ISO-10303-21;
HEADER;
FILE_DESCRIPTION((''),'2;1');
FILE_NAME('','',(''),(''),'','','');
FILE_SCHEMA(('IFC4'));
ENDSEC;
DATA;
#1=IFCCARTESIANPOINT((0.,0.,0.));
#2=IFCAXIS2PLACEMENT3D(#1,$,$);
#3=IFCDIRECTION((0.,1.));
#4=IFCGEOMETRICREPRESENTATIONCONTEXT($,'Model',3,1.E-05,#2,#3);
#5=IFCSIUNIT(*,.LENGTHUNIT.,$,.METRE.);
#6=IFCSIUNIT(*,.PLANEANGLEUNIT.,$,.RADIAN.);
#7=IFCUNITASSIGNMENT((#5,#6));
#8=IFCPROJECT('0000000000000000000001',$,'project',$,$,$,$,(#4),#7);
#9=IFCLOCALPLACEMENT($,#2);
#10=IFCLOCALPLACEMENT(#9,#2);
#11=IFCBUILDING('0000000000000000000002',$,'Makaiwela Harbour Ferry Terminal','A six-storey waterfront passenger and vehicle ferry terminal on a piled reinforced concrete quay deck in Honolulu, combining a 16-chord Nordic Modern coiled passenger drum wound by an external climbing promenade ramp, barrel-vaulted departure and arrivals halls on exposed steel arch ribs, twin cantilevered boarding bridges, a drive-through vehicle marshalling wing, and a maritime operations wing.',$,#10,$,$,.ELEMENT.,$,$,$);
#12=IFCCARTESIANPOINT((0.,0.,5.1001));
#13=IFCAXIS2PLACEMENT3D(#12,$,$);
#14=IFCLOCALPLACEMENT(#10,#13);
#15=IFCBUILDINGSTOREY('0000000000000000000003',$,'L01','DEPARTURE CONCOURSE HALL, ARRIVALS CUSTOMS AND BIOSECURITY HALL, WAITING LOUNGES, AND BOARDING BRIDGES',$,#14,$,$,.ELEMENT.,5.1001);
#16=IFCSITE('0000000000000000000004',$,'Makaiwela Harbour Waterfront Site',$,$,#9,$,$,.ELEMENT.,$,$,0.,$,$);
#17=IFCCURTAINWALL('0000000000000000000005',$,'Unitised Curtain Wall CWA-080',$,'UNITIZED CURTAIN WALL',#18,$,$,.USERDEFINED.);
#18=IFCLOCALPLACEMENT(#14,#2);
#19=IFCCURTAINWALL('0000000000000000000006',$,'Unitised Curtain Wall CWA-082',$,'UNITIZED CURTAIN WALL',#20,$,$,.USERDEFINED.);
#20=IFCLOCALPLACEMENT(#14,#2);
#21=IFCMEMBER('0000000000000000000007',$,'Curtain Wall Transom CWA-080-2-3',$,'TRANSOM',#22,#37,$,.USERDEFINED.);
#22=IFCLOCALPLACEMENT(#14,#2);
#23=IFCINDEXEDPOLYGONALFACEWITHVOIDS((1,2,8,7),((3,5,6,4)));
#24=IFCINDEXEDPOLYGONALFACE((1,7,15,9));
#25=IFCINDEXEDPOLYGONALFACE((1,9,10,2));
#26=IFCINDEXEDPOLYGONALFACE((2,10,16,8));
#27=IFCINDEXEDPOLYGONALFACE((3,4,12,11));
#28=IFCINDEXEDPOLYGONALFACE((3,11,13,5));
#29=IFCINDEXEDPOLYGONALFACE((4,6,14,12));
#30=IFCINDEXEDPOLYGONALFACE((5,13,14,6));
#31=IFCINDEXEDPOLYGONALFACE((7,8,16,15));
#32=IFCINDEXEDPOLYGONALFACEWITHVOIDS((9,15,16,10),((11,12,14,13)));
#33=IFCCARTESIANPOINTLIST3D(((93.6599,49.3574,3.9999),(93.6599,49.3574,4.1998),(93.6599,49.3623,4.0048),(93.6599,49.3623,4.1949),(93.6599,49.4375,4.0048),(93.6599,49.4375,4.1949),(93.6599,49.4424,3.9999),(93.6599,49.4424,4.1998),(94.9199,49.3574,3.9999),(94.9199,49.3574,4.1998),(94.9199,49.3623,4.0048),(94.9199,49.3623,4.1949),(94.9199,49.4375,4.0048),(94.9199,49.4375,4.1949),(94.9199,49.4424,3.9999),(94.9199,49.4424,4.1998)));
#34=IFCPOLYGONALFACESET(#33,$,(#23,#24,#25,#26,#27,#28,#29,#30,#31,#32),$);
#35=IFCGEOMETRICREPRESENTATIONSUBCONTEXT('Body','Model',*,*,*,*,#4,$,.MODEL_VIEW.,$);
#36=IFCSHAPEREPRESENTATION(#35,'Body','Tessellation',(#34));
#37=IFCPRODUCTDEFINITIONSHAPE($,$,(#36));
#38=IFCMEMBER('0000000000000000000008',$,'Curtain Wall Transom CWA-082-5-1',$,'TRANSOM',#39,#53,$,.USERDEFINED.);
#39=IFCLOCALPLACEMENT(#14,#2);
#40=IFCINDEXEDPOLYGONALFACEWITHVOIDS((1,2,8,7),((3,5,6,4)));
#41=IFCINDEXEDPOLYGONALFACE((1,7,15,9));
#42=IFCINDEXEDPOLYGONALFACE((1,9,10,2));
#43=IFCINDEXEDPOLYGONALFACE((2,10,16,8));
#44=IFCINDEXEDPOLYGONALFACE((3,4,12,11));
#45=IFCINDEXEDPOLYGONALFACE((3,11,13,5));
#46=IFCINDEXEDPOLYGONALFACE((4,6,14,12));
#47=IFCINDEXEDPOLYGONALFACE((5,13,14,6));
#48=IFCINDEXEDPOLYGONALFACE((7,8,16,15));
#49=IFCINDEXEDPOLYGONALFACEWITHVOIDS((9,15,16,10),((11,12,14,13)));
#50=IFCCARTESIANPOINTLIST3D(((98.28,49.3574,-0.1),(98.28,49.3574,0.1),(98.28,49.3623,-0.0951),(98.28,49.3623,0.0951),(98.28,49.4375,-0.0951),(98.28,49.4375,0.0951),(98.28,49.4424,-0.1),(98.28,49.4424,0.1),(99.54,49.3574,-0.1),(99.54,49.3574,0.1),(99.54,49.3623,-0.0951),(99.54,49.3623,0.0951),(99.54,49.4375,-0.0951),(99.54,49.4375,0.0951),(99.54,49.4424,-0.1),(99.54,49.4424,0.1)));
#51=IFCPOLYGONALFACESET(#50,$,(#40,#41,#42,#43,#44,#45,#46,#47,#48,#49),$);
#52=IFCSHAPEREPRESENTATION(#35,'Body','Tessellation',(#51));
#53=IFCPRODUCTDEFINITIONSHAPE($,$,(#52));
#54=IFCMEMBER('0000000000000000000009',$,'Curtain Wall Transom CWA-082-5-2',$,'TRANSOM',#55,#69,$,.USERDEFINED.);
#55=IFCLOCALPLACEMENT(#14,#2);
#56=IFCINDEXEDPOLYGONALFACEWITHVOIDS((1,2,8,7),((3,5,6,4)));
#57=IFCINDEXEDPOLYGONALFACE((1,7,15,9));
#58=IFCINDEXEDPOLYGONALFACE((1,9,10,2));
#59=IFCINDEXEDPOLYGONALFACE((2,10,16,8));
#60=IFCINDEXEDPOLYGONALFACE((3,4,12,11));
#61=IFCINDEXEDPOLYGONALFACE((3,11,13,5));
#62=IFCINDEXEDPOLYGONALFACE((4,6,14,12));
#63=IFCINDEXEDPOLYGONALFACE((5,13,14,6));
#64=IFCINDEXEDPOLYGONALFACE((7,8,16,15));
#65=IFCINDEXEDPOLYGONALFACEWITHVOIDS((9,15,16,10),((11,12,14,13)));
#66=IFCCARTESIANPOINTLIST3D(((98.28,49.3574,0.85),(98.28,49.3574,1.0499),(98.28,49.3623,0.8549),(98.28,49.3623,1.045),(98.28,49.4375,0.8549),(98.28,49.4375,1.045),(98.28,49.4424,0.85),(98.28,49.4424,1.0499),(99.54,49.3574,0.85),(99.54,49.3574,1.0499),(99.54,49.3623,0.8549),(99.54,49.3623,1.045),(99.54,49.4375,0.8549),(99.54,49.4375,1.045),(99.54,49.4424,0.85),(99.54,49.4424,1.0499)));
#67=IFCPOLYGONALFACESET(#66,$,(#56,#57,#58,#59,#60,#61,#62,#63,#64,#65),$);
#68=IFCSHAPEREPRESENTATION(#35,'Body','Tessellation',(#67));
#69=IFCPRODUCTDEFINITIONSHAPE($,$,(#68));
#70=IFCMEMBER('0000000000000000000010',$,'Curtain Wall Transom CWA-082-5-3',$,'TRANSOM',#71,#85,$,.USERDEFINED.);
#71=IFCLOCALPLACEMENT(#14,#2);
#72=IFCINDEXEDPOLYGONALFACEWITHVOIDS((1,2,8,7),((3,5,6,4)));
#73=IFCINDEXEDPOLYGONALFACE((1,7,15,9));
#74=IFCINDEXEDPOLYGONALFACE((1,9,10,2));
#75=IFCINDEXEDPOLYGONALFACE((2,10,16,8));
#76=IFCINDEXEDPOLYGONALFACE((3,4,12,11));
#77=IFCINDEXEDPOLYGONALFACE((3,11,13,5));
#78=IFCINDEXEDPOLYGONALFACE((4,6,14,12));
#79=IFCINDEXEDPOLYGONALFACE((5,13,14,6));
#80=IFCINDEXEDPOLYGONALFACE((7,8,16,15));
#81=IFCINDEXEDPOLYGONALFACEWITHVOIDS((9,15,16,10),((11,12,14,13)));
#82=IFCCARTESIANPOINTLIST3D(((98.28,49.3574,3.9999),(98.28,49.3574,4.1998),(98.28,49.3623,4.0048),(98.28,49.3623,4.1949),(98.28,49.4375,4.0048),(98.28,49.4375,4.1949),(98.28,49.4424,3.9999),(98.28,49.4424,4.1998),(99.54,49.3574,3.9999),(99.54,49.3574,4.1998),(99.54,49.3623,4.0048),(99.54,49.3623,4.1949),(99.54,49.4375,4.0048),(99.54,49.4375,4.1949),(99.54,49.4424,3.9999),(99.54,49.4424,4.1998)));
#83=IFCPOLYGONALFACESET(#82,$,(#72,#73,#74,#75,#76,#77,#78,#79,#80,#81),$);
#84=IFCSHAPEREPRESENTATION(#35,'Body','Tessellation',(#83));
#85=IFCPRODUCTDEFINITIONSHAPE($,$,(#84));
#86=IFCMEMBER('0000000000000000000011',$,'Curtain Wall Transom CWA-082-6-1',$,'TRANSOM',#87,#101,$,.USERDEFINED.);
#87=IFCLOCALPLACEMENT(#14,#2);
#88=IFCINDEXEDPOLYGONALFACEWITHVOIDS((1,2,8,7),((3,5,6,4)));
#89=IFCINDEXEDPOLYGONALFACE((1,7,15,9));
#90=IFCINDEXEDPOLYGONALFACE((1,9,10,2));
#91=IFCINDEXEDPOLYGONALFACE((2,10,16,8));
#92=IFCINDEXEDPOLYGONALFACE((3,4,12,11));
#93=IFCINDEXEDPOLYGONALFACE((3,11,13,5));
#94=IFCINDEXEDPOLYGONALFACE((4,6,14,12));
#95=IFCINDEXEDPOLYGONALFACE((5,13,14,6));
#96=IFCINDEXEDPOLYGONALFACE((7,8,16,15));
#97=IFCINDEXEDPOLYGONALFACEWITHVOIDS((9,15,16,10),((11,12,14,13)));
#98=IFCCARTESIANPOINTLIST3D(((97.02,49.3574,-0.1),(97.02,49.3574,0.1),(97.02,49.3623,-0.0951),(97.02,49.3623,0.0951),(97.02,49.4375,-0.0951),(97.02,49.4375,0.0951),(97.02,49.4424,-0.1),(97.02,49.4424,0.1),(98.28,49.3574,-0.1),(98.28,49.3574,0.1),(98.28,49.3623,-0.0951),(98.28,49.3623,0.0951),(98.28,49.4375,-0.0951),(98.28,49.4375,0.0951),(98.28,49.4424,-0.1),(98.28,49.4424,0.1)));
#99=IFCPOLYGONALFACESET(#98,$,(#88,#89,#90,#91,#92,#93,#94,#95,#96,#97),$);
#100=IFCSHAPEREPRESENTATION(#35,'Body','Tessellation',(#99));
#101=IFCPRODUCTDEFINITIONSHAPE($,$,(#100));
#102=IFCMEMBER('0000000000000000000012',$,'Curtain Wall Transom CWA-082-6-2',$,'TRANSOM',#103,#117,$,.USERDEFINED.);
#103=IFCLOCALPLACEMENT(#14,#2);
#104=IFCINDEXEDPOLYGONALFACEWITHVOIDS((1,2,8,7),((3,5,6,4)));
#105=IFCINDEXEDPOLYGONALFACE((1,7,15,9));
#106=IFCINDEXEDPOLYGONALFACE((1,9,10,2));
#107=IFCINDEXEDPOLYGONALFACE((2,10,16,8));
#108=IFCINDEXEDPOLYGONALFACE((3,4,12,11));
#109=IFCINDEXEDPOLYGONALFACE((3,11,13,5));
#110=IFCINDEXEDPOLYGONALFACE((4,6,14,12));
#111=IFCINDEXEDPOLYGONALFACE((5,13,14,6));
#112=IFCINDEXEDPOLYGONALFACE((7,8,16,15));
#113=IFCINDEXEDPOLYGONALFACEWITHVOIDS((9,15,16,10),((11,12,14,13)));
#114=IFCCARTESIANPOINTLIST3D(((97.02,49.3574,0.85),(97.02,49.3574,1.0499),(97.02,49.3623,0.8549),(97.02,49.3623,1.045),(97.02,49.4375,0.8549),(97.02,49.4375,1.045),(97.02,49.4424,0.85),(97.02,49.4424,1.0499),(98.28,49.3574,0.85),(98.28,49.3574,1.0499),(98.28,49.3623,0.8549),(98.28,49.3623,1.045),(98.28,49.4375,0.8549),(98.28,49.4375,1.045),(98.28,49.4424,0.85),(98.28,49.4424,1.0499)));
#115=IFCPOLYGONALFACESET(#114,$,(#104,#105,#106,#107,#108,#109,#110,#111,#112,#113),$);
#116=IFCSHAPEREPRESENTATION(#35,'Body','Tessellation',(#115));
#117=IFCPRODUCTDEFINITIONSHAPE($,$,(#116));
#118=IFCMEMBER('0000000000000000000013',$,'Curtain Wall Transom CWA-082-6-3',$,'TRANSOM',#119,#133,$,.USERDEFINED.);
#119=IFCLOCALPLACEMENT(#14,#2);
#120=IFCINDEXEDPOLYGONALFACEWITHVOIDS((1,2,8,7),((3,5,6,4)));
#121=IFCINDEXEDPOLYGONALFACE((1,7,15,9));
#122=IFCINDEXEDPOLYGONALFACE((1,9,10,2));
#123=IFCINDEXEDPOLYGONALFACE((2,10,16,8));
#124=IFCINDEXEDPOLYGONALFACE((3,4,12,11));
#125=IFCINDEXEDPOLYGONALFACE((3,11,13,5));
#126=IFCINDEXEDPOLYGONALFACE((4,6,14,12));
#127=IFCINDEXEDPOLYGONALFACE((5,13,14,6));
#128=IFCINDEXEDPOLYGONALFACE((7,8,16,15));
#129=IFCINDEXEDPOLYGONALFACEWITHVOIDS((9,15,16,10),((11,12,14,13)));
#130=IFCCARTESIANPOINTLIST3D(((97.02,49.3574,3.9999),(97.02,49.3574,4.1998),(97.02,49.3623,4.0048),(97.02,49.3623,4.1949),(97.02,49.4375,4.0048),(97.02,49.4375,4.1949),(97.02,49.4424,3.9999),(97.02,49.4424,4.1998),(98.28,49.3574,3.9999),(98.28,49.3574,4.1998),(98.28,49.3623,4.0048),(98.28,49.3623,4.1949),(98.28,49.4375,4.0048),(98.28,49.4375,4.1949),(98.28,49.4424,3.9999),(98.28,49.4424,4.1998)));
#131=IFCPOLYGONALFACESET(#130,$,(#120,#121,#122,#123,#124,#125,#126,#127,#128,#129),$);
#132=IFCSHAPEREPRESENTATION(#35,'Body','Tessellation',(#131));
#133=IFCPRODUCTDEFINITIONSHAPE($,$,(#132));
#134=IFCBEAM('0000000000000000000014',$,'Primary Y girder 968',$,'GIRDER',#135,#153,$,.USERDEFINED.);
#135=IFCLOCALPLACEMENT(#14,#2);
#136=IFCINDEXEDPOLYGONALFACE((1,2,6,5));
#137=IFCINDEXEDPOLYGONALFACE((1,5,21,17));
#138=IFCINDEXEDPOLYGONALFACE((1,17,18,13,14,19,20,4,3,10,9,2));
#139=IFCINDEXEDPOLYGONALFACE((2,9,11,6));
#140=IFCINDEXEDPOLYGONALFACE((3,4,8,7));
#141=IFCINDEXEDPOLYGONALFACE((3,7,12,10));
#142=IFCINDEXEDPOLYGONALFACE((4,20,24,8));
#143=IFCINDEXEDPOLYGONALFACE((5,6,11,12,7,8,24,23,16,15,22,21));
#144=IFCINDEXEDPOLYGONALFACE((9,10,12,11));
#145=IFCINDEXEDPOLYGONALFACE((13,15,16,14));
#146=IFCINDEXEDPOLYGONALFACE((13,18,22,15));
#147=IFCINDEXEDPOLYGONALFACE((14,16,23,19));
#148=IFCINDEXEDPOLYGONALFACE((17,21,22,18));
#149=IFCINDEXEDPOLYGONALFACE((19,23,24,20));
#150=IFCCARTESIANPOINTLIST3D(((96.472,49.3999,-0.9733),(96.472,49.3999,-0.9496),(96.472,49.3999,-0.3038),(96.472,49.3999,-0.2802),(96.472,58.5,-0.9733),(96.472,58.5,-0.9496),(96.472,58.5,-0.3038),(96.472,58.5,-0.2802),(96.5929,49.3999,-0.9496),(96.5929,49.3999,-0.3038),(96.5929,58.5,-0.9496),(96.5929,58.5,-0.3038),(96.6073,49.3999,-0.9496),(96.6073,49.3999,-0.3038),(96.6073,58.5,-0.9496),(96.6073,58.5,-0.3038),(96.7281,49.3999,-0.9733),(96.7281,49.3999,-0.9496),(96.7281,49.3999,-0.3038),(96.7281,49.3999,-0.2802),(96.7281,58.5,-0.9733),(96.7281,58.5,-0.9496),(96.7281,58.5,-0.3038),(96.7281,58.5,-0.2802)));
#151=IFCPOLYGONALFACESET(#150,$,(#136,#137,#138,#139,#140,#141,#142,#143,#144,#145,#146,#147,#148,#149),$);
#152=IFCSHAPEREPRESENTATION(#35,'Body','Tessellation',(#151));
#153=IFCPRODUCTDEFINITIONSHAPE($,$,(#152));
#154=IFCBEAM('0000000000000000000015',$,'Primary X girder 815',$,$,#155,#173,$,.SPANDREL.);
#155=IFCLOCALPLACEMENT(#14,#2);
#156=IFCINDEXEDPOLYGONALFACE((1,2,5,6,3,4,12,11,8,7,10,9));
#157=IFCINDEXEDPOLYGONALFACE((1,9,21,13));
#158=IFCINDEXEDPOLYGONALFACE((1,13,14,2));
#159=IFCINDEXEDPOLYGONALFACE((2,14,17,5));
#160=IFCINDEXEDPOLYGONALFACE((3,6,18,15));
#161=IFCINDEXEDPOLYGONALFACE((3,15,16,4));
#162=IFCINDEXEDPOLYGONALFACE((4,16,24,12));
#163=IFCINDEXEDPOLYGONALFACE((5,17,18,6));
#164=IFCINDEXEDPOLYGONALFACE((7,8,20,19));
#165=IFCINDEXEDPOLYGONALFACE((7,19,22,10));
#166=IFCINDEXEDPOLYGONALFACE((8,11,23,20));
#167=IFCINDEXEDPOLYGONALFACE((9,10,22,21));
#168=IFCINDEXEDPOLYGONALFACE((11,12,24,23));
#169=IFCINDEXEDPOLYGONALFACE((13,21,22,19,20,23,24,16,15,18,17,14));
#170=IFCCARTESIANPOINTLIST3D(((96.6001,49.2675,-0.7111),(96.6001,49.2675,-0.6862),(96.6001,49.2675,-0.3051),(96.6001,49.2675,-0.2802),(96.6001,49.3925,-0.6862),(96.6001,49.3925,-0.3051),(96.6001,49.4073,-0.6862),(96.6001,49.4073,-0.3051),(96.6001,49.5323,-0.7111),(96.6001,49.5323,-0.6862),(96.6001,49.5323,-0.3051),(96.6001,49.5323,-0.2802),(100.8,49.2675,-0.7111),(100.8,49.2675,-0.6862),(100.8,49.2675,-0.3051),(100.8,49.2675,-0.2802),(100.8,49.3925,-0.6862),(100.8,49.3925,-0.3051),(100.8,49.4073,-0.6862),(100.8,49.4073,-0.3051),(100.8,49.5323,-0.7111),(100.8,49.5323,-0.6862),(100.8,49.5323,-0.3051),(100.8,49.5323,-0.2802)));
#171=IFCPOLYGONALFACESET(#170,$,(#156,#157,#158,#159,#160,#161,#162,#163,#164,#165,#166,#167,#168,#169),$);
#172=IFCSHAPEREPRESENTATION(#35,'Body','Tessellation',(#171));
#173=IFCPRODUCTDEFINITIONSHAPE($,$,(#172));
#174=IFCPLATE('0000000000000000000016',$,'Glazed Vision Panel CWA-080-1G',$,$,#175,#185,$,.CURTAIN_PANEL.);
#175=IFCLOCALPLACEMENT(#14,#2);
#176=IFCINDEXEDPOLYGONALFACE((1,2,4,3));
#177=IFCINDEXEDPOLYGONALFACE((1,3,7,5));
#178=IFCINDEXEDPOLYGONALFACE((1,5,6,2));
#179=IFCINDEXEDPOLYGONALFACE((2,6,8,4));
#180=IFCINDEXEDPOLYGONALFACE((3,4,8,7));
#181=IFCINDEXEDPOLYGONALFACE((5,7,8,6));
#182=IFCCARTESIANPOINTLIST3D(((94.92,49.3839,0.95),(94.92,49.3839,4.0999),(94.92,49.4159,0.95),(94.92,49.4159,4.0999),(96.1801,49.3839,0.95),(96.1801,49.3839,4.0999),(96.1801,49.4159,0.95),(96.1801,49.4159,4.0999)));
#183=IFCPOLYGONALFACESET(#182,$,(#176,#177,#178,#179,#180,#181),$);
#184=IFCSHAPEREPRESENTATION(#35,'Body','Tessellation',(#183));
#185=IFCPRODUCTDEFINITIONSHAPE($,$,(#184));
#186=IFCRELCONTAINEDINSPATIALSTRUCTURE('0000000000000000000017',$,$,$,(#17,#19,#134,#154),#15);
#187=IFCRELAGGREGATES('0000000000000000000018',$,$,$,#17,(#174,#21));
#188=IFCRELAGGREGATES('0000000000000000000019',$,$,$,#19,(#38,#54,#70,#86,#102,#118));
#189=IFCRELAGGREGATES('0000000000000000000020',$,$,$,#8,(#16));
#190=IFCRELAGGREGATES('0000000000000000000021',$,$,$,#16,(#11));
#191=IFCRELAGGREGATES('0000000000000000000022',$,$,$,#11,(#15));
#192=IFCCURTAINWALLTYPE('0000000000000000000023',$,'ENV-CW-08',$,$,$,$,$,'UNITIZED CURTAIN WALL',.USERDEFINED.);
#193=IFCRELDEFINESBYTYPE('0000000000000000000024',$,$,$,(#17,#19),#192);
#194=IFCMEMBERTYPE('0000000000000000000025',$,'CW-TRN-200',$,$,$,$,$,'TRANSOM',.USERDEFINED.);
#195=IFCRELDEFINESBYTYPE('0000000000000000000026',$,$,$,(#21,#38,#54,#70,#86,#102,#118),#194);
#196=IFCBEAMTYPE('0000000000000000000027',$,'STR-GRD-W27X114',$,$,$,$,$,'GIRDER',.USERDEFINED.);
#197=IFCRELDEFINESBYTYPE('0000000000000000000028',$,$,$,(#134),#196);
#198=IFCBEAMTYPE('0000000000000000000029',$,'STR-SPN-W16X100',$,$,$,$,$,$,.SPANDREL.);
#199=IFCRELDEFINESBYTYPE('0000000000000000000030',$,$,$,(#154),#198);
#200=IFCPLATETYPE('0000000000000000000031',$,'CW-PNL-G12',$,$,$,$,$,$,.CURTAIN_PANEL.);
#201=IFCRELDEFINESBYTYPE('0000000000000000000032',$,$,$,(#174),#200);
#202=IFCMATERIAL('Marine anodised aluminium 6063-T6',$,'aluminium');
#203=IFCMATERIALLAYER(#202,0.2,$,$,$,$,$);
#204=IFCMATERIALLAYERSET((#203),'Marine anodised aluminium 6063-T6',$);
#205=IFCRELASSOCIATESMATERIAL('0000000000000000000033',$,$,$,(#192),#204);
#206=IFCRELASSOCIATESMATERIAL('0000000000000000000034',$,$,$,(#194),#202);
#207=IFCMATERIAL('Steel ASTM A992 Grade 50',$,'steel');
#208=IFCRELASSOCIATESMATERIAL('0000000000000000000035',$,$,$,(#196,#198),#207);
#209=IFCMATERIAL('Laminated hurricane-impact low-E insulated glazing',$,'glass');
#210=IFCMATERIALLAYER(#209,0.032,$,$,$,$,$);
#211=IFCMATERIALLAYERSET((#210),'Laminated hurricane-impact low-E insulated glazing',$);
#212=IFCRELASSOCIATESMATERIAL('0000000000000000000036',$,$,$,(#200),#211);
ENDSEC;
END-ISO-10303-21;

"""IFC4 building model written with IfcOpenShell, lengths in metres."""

from ifc_helpers import new_model, si_unit, direction, frame, origin, origin_2d, place, context, subcontext, project, spatial, rectangle, hollow_rectangle, i_section, extrude, material, layer, layer_set, material_profile, profile_set, type_object, element, aggregate, save


model = new_model("IFC4")

# Units and contexts
model_context = context("Model", 3, precision=1e-05, world=origin(), true_north=direction((0.0, 1.0)))
body_context = subcontext(model_context, "Body", "Model", "MODEL_VIEW")
ifc_project = project(units=[si_unit("LENGTHUNIT", "METRE"), si_unit("PLANEANGLEUNIT", "RADIAN")], contexts=[model_context])

# Site, building, storey
site_placement = place(None, origin())
site = spatial("IfcSite", under=ifc_project, at=site_placement, Name="Makaiwela Harbour Waterfront Site", CompositionType="ELEMENT", RefElevation=0.0)
building_placement = place(site_placement, origin())
building = spatial("IfcBuilding", under=site, at=building_placement, Name="Makaiwela Harbour Ferry Terminal", Description="A six-storey waterfront passenger and vehicle ferry terminal on a piled reinforced concrete quay deck in Honolulu, combining a 16-chord Nordic Modern coiled passenger drum wound by an external climbing promenade ramp, barrel-vaulted departure and arrivals halls on exposed steel arch ribs, twin cantilevered boarding bridges, a drive-through vehicle marshalling wing, and a maritime operations wing.", CompositionType="ELEMENT")
storey_placement = place(building_placement, frame((0.0, 0.0, 5.1001)))
storey = spatial("IfcBuildingStorey", under=building, at=storey_placement, Name="L01", Description="DEPARTURE CONCOURSE HALL, ARRIVALS CUSTOMS AND BIOSECURITY HALL, WAITING LOUNGES, AND BOARDING BRIDGES", CompositionType="ELEMENT", Elevation=5.1001)

# Shared definitions
ifc_material_1 = material(Name="Steel ASTM A992 Grade 50", Category="steel")

# Curtain wall
ifc_material_2 = material(Name="Marine anodised aluminium 6063-T6", Category="aluminium")
ifc_layer_1 = layer(ifc_material_2, 0.2)
ifc_layer_set_1 = layer_set([ifc_layer_1], Name="Marine anodised aluminium 6063-T6")
curtain_wall_type = type_object("IfcCurtainWallType", Name="ENV-CW-08", ElementType="UNITIZED CURTAIN WALL", PredefinedType="USERDEFINED", material=ifc_layer_set_1)
curtain_wall_1_placement = place(storey_placement, origin())
curtain_wall_1 = element("IfcCurtainWall", 1, at=curtain_wall_1_placement, inside=storey, type_object=curtain_wall_type, Name="Unitised Curtain Wall CWA-080", ObjectType="UNITIZED CURTAIN WALL", PredefinedType="USERDEFINED")

# Curtain wall
curtain_wall_2_placement = place(storey_placement, origin())
curtain_wall_2 = element("IfcCurtainWall", 2, at=curtain_wall_2_placement, inside=storey, type_object=curtain_wall_type, Name="Unitised Curtain Wall CWA-082", ObjectType="UNITIZED CURTAIN WALL", PredefinedType="USERDEFINED")

# Members
ifc_material_profile_1 = material_profile(ifc_material_2, hollow_rectangle(XDim=0.085, YDim=0.2, WallThickness=0.0049, at=origin_2d()), Name="CWT-200X85")
ifc_profile_set_1 = profile_set([ifc_material_profile_1], Name="Marine anodised aluminium 6063-T6")
member_type_1 = type_object("IfcMemberType", Name="CW-TRN-200", ElementType="TRANSOM", PredefinedType="USERDEFINED", material=ifc_profile_set_1)
member_1_placement = place(storey_placement, frame((94.9199, 49.3999, 4.0999), z_axis=(-1.0, 0.0, 0.0), x_axis=(0.0, -1.0, 0.0)))
member_1 = element("IfcMember", 3, at=member_1_placement, type_object=member_type_1, Name="Curtain Wall Transom CWA-080-2-3", ObjectType="TRANSOM", PredefinedType="USERDEFINED", context=body_context, shape_type="SweptSolid", body=[
    extrude(hollow_rectangle(XDim=0.085, YDim=0.2, WallThickness=0.0049, at=origin_2d()), origin(), (0.0, 0.0, 1.0), 1.26),
])
member_2_placement = place(storey_placement, frame((99.54, 49.3999, 0.0), z_axis=(-1.0, 0.0, 0.0), x_axis=(0.0, -1.0, 0.0)))
member_2 = element("IfcMember", 4, at=member_2_placement, type_object=member_type_1, Name="Curtain Wall Transom CWA-082-5-1", ObjectType="TRANSOM", PredefinedType="USERDEFINED", context=body_context, shape_type="SweptSolid", body=[
    extrude(hollow_rectangle(XDim=0.085, YDim=0.2, WallThickness=0.0049, at=origin_2d()), origin(), (0.0, 0.0, 1.0), 1.26),
])
member_3_placement = place(storey_placement, frame((99.54, 49.3999, 0.95), z_axis=(-1.0, 0.0, 0.0), x_axis=(0.0, -1.0, 0.0)))
member_3 = element("IfcMember", 5, at=member_3_placement, type_object=member_type_1, Name="Curtain Wall Transom CWA-082-5-2", ObjectType="TRANSOM", PredefinedType="USERDEFINED", context=body_context, shape_type="SweptSolid", body=[
    extrude(hollow_rectangle(XDim=0.085, YDim=0.2, WallThickness=0.0049, at=origin_2d()), origin(), (0.0, 0.0, 1.0), 1.26),
])
member_4_placement = place(storey_placement, frame((99.54, 49.3999, 4.0999), z_axis=(-1.0, 0.0, 0.0), x_axis=(0.0, -1.0, 0.0)))
member_4 = element("IfcMember", 6, at=member_4_placement, type_object=member_type_1, Name="Curtain Wall Transom CWA-082-5-3", ObjectType="TRANSOM", PredefinedType="USERDEFINED", context=body_context, shape_type="SweptSolid", body=[
    extrude(hollow_rectangle(XDim=0.085, YDim=0.2, WallThickness=0.0049, at=origin_2d()), origin(), (0.0, 0.0, 1.0), 1.26),
])
member_5_placement = place(storey_placement, frame((98.28, 49.3999, 0.0), z_axis=(-1.0, 0.0, 0.0), x_axis=(0.0, -1.0, 0.0)))
member_5 = element("IfcMember", 7, at=member_5_placement, type_object=member_type_1, Name="Curtain Wall Transom CWA-082-6-1", ObjectType="TRANSOM", PredefinedType="USERDEFINED", context=body_context, shape_type="SweptSolid", body=[
    extrude(hollow_rectangle(XDim=0.085, YDim=0.2, WallThickness=0.0049, at=origin_2d()), origin(), (0.0, 0.0, 1.0), 1.26),
])
member_6_placement = place(storey_placement, frame((98.28, 49.3999, 0.95), z_axis=(-1.0, 0.0, 0.0), x_axis=(0.0, -1.0, 0.0)))
member_6 = element("IfcMember", 8, at=member_6_placement, type_object=member_type_1, Name="Curtain Wall Transom CWA-082-6-2", ObjectType="TRANSOM", PredefinedType="USERDEFINED", context=body_context, shape_type="SweptSolid", body=[
    extrude(hollow_rectangle(XDim=0.085, YDim=0.2, WallThickness=0.0049, at=origin_2d()), origin(), (0.0, 0.0, 1.0), 1.26),
])
member_7_placement = place(storey_placement, frame((98.28, 49.3999, 4.0999), z_axis=(-1.0, 0.0, 0.0), x_axis=(0.0, -1.0, 0.0)))
member_7 = element("IfcMember", 9, at=member_7_placement, type_object=member_type_1, Name="Curtain Wall Transom CWA-082-6-3", ObjectType="TRANSOM", PredefinedType="USERDEFINED", context=body_context, shape_type="SweptSolid", body=[
    extrude(hollow_rectangle(XDim=0.085, YDim=0.2, WallThickness=0.0049, at=origin_2d()), origin(), (0.0, 0.0, 1.0), 1.26),
])

# Beams
ifc_material_profile_2 = material_profile(ifc_material_1, i_section(OverallWidth=0.2561, OverallDepth=0.6931, WebThickness=0.0144, FlangeThickness=0.0237, at=origin_2d()), Name="W27X114")
ifc_profile_set_2 = profile_set([ifc_material_profile_2], Name="Steel ASTM A992 Grade 50")
beam_type_1 = type_object("IfcBeamType", Name="STR-GRD-W27X114", ElementType="GIRDER", PredefinedType="USERDEFINED", material=ifc_profile_set_2)
beam_1_placement = place(storey_placement, frame((96.6001, 49.3999, -0.6267), z_axis=(0.0, 1.0, 0.0), x_axis=(-1.0, 0.0, 0.0)))
element("IfcBeam", 10, at=beam_1_placement, inside=storey, type_object=beam_type_1, Name="Primary Y girder 968", ObjectType="GIRDER", PredefinedType="USERDEFINED", context=body_context, shape_type="SweptSolid", body=[
    extrude(i_section(OverallWidth=0.2561, OverallDepth=0.6931, WebThickness=0.0144, FlangeThickness=0.0237, at=origin_2d()), origin(), (0.0, 0.0, 1.0), 9.1001),
])
ifc_material_profile_3 = material_profile(ifc_material_1, i_section(OverallWidth=0.2649, OverallDepth=0.4309, WebThickness=0.0149, FlangeThickness=0.0249, at=origin_2d()), Name="W16X100")
ifc_profile_set_3 = profile_set([ifc_material_profile_3], Name="Steel ASTM A992 Grade 50")
beam_type_2 = type_object("IfcBeamType", Name="STR-SPN-W16X100", PredefinedType="SPANDREL", material=ifc_profile_set_3)
beam_2_placement = place(storey_placement, frame((96.6001, 49.3999, -0.4956), z_axis=(1.0, 0.0, 0.0), x_axis=(0.0, 1.0, 0.0)))
element("IfcBeam", 11, at=beam_2_placement, inside=storey, type_object=beam_type_2, Name="Primary X girder 815", PredefinedType="SPANDREL", context=body_context, shape_type="SweptSolid", body=[
    extrude(i_section(OverallWidth=0.2649, OverallDepth=0.4309, WebThickness=0.0149, FlangeThickness=0.0249, at=origin_2d()), origin(), (0.0, 0.0, 1.0), 4.2),
])

# Plate
ifc_material_3 = material(Name="Laminated hurricane-impact low-E insulated glazing", Category="glass")
ifc_layer_2 = layer(ifc_material_3, 0.032)
ifc_layer_set_2 = layer_set([ifc_layer_2], Name="Laminated hurricane-impact low-E insulated glazing")
plate_type_1 = type_object("IfcPlateType", Name="CW-PNL-G12", PredefinedType="CURTAIN_PANEL", material=ifc_layer_set_2)
plate_1_placement = place(storey_placement, frame((95.55, 49.3999, 0.95), z_axis=(0.0, 0.0, 1.0), x_axis=(-1.0, 0.0, 0.0)))
plate_1 = element("IfcPlate", 12, at=plate_1_placement, type_object=plate_type_1, Name="Glazed Vision Panel CWA-080-1G", PredefinedType="CURTAIN_PANEL", context=body_context, shape_type="SweptSolid", body=[
    extrude(rectangle(XDim=1.26, YDim=0.032, at=origin_2d()), origin(), (0.0, 0.0, 1.0), 3.1499),
])
aggregate(curtain_wall_1, [plate_1, member_1])
aggregate(curtain_wall_2, [member_2, member_3, member_4, member_5, member_6, member_7])

save(model, "model.ifc")
